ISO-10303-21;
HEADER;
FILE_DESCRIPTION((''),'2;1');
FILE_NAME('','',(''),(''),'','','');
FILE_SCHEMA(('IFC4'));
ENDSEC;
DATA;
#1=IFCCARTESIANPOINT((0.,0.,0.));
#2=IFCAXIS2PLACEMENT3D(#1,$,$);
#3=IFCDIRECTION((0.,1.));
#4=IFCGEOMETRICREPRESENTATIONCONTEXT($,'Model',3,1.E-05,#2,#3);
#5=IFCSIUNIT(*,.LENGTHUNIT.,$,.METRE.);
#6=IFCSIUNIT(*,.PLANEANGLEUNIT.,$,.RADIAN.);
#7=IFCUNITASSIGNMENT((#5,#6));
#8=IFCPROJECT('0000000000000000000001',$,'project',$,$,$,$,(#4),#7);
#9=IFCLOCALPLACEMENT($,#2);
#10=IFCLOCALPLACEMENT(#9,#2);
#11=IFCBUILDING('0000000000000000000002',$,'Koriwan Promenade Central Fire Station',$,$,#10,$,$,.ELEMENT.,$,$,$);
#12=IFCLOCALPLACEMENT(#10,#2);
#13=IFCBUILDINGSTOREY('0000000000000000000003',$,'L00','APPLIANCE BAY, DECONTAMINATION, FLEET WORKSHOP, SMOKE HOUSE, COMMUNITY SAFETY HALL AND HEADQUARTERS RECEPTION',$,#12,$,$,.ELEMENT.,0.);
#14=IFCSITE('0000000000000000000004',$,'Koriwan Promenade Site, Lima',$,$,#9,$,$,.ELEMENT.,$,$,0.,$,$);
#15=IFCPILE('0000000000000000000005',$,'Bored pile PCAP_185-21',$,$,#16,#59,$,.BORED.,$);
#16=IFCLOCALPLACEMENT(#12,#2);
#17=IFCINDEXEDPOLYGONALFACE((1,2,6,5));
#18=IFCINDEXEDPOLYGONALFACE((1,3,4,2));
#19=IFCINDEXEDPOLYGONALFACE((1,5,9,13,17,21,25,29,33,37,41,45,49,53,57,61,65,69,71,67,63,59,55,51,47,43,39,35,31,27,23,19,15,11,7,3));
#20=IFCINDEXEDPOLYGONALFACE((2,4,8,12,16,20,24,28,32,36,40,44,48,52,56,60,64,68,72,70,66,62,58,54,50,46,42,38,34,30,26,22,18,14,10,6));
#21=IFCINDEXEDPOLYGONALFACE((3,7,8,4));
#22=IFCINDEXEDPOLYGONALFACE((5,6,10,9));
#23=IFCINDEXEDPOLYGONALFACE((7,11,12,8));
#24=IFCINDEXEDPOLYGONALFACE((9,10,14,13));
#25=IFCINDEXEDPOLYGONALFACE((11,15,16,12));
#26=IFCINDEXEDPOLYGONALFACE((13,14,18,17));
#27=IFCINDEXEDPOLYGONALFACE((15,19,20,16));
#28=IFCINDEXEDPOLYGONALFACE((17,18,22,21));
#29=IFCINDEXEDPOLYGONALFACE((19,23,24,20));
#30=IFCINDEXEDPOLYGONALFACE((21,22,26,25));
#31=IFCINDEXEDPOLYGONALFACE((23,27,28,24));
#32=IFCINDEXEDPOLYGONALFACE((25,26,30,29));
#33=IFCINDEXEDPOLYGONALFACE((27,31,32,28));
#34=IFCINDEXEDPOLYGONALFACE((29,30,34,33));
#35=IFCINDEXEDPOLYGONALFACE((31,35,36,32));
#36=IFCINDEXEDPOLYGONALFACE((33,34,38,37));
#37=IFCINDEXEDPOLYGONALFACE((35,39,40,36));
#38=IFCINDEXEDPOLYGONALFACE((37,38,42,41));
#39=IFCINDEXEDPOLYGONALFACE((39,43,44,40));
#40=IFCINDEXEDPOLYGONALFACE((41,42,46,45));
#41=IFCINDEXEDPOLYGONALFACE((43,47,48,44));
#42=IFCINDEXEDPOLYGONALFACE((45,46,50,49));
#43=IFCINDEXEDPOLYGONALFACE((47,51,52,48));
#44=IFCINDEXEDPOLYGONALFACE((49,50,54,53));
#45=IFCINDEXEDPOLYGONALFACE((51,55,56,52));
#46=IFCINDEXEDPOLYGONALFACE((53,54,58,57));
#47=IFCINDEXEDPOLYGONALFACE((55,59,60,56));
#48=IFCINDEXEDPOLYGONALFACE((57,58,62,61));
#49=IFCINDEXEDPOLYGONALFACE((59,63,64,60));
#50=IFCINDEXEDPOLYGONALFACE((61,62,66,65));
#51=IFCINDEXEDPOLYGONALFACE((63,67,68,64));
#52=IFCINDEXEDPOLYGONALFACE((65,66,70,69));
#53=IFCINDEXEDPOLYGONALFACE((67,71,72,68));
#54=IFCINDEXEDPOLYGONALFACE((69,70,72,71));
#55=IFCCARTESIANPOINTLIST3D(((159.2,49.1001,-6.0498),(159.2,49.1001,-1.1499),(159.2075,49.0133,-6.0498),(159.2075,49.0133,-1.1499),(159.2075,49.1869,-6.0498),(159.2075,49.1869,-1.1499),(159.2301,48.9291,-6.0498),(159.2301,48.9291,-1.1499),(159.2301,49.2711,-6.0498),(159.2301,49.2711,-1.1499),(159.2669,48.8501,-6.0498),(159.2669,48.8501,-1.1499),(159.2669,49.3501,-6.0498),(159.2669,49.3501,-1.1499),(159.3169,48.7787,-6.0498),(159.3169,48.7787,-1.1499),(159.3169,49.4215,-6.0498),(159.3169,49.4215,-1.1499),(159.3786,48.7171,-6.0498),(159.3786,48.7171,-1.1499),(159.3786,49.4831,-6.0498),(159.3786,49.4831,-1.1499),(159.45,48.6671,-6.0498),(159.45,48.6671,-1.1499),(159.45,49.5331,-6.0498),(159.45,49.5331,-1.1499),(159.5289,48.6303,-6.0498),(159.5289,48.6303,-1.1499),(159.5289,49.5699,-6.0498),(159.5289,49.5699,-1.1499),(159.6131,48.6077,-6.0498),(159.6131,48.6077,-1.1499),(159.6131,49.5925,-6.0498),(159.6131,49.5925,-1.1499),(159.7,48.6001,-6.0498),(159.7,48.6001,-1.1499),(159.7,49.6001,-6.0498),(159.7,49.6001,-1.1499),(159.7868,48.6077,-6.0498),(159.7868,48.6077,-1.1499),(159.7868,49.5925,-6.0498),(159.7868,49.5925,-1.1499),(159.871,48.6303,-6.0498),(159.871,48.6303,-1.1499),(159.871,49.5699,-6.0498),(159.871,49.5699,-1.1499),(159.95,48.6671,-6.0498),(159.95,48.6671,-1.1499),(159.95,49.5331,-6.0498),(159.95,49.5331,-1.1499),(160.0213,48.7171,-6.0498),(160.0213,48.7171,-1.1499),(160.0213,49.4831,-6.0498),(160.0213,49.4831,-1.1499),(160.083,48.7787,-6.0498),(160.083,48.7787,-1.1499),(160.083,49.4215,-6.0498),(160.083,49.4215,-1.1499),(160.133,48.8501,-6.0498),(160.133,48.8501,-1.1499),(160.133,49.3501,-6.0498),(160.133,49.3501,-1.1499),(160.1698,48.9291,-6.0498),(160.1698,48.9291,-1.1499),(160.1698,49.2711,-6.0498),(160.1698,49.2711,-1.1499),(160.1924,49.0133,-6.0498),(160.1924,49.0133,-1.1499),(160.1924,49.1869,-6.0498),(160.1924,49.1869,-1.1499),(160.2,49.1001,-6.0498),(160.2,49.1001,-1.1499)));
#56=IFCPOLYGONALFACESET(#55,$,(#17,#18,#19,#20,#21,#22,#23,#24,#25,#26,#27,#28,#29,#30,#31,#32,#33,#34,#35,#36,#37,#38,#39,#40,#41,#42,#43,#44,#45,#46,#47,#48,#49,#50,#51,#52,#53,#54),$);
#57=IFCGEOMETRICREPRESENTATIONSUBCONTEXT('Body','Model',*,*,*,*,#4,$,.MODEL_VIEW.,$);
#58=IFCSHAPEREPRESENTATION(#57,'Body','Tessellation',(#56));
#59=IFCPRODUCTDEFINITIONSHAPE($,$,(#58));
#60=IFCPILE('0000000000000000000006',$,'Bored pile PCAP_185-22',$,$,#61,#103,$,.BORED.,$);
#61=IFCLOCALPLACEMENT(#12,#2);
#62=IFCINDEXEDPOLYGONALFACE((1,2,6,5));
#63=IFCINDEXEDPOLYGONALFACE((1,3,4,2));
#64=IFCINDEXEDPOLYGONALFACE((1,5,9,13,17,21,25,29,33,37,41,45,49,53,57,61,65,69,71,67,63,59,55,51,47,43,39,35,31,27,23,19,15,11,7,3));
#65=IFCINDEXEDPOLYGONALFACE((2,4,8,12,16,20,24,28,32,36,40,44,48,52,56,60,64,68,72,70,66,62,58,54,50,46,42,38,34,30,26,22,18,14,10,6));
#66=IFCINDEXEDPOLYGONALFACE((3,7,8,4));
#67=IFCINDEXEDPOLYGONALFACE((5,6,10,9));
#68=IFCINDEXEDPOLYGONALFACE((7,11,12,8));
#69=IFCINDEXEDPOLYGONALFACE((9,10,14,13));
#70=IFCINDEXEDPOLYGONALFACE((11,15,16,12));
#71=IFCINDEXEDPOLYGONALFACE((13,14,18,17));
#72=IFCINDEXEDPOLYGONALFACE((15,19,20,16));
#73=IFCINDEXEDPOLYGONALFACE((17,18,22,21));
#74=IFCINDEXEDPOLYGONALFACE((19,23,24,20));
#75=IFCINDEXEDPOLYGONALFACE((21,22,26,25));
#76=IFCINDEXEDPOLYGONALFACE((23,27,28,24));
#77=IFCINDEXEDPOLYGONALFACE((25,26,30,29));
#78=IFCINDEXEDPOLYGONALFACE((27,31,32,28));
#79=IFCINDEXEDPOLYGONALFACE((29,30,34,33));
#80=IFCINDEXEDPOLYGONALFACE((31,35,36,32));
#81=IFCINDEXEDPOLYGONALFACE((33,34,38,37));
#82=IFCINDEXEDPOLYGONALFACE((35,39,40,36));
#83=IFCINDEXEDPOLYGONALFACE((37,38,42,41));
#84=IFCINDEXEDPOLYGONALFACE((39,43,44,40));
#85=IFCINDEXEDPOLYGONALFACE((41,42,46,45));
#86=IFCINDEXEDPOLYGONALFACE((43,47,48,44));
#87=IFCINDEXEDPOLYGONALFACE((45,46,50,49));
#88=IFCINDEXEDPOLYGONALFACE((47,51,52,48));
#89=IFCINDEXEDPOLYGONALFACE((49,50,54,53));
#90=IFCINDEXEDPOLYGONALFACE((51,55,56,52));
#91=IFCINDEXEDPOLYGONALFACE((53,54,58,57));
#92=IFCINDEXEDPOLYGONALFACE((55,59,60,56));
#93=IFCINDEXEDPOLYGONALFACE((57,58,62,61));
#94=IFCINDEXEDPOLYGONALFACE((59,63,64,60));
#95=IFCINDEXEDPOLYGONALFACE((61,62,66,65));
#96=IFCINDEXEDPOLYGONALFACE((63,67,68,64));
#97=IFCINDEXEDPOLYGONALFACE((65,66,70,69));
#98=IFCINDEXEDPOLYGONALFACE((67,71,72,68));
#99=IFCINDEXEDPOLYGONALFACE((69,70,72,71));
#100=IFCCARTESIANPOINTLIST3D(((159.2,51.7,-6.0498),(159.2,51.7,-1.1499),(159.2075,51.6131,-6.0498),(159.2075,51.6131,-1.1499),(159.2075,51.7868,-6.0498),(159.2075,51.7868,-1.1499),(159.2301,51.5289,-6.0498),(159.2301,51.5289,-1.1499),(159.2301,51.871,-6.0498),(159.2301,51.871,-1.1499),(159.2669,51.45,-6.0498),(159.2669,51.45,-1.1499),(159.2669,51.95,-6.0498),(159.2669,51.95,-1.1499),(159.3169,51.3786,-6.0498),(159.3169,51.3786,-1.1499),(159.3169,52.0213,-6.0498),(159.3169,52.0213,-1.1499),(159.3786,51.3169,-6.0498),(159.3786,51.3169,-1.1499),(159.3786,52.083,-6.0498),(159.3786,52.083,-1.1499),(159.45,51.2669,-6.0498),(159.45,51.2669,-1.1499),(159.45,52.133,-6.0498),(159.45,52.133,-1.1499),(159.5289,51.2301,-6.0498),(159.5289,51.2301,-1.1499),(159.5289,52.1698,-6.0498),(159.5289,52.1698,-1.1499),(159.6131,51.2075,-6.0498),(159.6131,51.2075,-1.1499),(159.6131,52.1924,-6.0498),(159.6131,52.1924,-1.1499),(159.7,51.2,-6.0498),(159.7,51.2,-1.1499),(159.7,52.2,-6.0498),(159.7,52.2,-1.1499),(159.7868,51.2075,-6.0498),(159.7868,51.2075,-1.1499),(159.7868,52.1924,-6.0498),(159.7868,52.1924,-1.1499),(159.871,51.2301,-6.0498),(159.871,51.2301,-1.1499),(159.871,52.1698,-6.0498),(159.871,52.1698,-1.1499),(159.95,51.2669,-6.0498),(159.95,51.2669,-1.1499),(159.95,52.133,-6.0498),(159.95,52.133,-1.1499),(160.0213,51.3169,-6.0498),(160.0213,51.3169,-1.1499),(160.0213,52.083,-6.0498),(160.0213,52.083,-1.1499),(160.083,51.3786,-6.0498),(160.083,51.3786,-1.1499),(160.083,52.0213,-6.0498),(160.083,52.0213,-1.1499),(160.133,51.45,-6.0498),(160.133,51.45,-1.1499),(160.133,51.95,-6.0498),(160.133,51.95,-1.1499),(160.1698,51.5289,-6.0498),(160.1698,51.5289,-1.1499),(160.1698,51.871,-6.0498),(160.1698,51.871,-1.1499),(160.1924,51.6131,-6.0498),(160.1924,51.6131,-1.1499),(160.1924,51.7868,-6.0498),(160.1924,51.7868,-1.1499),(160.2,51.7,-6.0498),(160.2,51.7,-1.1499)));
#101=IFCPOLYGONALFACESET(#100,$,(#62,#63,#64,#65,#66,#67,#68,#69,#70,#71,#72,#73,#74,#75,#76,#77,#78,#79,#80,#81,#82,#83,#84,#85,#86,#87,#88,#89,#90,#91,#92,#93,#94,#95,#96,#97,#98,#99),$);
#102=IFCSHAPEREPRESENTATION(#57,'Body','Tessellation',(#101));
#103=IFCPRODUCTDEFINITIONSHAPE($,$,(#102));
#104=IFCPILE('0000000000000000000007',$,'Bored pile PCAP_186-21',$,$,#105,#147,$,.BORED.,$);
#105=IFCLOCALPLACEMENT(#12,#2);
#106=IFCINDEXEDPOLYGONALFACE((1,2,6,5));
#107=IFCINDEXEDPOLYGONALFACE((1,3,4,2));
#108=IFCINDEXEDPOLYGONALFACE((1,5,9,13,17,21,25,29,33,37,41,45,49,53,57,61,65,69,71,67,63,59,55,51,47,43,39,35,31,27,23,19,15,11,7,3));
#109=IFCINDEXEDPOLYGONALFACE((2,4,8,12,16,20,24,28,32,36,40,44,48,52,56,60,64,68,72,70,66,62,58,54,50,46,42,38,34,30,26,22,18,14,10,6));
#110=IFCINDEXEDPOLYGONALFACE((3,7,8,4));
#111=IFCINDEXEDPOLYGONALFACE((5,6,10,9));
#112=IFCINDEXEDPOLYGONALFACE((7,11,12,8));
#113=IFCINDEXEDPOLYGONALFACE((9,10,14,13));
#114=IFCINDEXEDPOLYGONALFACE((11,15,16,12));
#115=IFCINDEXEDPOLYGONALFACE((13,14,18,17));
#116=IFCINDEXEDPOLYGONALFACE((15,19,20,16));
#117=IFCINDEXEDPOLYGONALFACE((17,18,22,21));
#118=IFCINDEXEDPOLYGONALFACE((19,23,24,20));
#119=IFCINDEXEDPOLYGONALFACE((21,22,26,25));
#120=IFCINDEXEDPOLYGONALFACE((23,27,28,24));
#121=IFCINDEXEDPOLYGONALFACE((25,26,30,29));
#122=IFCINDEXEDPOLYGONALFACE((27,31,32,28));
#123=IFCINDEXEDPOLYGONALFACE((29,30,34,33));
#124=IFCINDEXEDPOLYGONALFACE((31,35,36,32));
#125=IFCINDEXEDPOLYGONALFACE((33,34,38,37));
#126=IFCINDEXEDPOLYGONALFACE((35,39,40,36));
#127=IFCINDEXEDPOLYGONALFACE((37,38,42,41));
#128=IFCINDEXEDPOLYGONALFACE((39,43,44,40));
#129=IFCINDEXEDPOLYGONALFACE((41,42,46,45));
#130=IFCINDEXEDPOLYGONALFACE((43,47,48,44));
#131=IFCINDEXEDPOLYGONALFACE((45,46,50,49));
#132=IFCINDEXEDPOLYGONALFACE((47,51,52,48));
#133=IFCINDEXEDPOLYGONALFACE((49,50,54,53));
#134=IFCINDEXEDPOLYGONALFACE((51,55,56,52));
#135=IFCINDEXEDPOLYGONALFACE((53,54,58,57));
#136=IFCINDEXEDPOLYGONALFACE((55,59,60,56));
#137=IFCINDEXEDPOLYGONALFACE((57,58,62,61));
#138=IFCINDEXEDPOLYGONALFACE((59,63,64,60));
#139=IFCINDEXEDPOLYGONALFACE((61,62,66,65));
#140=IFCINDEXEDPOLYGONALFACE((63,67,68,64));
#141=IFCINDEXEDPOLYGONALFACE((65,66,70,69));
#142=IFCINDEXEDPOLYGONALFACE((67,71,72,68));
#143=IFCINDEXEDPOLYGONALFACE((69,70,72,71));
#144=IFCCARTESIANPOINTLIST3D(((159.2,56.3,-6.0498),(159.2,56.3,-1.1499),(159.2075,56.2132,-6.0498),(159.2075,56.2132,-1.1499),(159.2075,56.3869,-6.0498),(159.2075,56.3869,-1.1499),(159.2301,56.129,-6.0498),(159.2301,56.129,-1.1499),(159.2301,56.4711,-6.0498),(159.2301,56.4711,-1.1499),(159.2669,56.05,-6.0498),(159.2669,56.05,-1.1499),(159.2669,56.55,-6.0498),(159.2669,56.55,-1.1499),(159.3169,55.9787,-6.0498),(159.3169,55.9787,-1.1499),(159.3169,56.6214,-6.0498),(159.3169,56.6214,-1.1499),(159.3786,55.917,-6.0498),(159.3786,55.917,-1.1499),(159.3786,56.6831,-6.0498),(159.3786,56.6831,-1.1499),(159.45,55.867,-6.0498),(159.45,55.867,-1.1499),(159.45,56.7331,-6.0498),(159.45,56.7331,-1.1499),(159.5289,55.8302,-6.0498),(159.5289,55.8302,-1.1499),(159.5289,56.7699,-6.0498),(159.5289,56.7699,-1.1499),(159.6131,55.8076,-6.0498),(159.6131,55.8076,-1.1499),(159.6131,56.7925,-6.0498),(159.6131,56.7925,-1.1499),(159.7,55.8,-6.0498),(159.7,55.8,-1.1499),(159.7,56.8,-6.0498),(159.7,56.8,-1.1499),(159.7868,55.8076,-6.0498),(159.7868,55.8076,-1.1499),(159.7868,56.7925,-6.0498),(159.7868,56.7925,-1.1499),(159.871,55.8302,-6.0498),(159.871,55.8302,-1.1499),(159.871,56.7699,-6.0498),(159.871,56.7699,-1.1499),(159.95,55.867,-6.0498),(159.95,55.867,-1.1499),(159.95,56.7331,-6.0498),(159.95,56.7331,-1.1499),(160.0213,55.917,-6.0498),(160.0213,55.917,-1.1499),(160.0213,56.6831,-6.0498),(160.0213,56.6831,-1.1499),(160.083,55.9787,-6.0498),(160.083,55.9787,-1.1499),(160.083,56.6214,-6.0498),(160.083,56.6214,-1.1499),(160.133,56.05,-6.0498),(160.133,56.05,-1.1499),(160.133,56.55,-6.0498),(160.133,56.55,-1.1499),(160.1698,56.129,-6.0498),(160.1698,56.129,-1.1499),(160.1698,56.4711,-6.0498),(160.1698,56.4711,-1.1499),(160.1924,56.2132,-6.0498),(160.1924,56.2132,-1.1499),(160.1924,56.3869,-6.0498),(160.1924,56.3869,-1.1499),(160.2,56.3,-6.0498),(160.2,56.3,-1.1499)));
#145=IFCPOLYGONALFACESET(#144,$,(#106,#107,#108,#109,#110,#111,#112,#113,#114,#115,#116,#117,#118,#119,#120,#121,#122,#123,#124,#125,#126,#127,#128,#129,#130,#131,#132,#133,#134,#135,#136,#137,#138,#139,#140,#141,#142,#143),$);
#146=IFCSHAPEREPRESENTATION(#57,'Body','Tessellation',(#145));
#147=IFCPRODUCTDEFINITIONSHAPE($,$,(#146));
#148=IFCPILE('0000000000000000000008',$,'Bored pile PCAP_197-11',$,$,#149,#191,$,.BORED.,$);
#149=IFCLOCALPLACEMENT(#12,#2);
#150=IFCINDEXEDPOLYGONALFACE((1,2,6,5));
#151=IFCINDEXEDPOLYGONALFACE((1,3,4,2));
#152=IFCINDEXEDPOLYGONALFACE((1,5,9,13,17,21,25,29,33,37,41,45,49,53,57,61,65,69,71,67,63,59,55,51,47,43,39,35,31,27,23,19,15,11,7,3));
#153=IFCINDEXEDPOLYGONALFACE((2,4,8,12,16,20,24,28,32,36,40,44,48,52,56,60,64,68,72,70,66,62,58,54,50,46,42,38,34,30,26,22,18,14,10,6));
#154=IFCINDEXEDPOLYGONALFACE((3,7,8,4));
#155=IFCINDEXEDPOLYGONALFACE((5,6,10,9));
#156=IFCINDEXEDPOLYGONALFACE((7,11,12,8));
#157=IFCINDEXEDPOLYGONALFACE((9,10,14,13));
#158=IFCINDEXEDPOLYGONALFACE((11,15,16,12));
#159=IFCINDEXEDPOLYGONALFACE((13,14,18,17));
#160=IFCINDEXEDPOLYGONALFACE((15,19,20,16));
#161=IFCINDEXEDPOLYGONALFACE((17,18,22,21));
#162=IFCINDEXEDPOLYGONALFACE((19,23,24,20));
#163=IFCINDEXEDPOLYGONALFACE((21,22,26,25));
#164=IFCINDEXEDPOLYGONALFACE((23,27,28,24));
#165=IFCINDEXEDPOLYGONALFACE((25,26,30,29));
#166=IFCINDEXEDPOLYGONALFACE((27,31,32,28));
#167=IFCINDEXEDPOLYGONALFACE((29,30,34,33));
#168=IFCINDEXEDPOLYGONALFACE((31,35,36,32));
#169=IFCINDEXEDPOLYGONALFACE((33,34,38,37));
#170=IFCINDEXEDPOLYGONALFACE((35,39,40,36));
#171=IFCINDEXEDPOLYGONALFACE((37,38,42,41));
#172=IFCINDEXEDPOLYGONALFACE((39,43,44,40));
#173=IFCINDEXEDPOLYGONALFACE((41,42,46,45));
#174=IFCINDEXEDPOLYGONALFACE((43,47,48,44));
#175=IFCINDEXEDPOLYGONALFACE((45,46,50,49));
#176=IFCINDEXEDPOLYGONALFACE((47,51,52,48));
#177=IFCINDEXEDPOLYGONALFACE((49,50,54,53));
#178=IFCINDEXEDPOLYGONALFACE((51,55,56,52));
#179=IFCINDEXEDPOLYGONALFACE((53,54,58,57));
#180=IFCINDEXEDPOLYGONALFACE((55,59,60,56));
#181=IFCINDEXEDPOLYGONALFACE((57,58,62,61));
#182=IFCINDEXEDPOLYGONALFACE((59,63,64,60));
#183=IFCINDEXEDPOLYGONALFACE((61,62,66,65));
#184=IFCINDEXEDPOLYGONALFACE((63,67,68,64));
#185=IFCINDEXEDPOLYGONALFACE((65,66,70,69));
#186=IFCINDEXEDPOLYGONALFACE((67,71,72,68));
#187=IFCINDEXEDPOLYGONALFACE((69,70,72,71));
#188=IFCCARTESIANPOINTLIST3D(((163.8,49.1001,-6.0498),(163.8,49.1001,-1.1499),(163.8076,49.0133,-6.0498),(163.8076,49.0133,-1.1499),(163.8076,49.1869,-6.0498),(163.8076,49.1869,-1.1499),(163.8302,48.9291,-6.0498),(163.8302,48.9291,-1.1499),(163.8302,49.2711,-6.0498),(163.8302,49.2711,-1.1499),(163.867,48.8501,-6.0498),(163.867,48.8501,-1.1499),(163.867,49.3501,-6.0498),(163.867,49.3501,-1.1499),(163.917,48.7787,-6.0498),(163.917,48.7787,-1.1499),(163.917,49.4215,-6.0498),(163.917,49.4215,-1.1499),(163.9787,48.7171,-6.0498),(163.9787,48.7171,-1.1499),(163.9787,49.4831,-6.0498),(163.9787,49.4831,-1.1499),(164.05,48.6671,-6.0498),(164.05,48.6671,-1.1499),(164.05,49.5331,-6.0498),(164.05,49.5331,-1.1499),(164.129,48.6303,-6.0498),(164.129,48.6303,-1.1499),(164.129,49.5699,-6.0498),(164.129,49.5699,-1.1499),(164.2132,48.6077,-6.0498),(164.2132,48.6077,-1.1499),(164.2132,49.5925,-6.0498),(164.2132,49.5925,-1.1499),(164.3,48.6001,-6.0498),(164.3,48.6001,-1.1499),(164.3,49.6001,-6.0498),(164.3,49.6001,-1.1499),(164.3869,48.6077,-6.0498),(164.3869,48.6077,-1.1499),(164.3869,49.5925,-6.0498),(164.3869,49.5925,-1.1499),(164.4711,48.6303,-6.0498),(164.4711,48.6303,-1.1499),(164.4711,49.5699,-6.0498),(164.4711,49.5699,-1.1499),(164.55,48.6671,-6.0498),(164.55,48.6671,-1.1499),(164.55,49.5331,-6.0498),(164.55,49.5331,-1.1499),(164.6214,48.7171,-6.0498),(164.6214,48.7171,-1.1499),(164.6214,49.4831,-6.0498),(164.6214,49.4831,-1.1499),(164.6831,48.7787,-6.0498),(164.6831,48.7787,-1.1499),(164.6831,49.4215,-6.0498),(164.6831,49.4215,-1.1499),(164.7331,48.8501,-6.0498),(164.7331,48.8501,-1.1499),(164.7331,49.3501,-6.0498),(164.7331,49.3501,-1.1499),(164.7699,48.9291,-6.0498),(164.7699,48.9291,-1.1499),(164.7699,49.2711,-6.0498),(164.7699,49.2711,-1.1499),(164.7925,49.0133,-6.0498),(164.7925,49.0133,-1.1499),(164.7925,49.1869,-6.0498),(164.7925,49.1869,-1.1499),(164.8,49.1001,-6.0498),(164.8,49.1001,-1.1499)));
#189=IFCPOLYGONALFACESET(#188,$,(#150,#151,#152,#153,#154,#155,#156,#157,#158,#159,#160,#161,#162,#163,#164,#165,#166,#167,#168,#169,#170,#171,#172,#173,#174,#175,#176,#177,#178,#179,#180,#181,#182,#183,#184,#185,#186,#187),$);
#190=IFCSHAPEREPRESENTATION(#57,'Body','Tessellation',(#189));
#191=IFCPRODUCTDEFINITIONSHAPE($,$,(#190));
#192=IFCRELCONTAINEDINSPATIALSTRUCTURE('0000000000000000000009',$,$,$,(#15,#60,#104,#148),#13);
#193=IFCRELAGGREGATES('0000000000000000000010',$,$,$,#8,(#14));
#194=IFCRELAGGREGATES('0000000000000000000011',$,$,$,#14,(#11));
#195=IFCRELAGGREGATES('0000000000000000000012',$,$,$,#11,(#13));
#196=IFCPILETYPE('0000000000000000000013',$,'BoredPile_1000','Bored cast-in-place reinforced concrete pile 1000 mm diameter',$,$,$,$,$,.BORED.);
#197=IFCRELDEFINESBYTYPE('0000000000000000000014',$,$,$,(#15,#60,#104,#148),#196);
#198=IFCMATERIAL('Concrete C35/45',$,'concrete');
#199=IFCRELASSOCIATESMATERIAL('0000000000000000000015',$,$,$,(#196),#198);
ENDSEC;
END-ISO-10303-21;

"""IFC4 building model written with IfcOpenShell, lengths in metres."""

from ifc_helpers import new_model, si_unit, direction, frame, origin, origin_2d, place, context, subcontext, project, spatial, circle, extrude, material, material_profile, profile_set, type_object, element, save


model = new_model("IFC4")

# Units and contexts
model_context = context("Model", 3, precision=1e-05, world=origin(), true_north=direction((0.0, 1.0)))
body_context = subcontext(model_context, "Body", "Model", "MODEL_VIEW")
ifc_project = project(units=[si_unit("LENGTHUNIT", "METRE"), si_unit("PLANEANGLEUNIT", "RADIAN")], contexts=[model_context])

# Site, building, storey
site_placement = place(None, origin())
site = spatial("IfcSite", under=ifc_project, at=site_placement, Name="Koriwan Promenade Site, Lima", CompositionType="ELEMENT", RefElevation=0.0)
building_placement = place(site_placement, origin())
building = spatial("IfcBuilding", under=site, at=building_placement, Name="Koriwan Promenade Central Fire Station", CompositionType="ELEMENT")
storey_placement = place(building_placement, origin())
storey = spatial("IfcBuildingStorey", under=building, at=storey_placement, Name="L00", Description="APPLIANCE BAY, DECONTAMINATION, FLEET WORKSHOP, SMOKE HOUSE, COMMUNITY SAFETY HALL AND HEADQUARTERS RECEPTION", CompositionType="ELEMENT", Elevation=0.0)

# Piles
ifc_material_1 = material(Name="Concrete C35/45", Category="concrete")
ifc_material_profile_1 = material_profile(ifc_material_1, circle(Radius=0.5, at=origin_2d()), Name="PILE-D1000")
ifc_profile_set_1 = profile_set([ifc_material_profile_1], Name="Concrete C35/45")
pile_type = type_object("IfcPileType", Name="BoredPile_1000", Description="Bored cast-in-place reinforced concrete pile 1000 mm diameter", PredefinedType="BORED", material=ifc_profile_set_1)
for number, where, z_axis, x_axis, name in (
    (1, (159.7, 49.1001, -1.1499), (0.0, 0.0, -1.0), (1.0, 0.0, 0.0), "Bored pile PCAP_185-21"),
    (2, (159.7, 51.7, -1.1499), (0.0, 0.0, -1.0), (1.0, 0.0, 0.0), "Bored pile PCAP_185-22"),
    (3, (159.7, 56.3, -1.1499), (0.0, 0.0, -1.0), (1.0, 0.0, 0.0), "Bored pile PCAP_186-21"),
    (4, (164.3, 49.1001, -1.1499), (0.0, 0.0, -1.0), (1.0, 0.0, 0.0), "Bored pile PCAP_197-11"),
):
    element("IfcPile", number, at=place(storey_placement, frame(where, z_axis=z_axis, x_axis=x_axis)), inside=storey, type_object=pile_type, Name=name, PredefinedType="BORED", context=body_context, shape_type="SweptSolid", body=[
        extrude(circle(Radius=0.5, at=origin_2d()), origin(), (0.0, 0.0, 1.0), 4.8999),
    ])

save(model, "model.ifc")
